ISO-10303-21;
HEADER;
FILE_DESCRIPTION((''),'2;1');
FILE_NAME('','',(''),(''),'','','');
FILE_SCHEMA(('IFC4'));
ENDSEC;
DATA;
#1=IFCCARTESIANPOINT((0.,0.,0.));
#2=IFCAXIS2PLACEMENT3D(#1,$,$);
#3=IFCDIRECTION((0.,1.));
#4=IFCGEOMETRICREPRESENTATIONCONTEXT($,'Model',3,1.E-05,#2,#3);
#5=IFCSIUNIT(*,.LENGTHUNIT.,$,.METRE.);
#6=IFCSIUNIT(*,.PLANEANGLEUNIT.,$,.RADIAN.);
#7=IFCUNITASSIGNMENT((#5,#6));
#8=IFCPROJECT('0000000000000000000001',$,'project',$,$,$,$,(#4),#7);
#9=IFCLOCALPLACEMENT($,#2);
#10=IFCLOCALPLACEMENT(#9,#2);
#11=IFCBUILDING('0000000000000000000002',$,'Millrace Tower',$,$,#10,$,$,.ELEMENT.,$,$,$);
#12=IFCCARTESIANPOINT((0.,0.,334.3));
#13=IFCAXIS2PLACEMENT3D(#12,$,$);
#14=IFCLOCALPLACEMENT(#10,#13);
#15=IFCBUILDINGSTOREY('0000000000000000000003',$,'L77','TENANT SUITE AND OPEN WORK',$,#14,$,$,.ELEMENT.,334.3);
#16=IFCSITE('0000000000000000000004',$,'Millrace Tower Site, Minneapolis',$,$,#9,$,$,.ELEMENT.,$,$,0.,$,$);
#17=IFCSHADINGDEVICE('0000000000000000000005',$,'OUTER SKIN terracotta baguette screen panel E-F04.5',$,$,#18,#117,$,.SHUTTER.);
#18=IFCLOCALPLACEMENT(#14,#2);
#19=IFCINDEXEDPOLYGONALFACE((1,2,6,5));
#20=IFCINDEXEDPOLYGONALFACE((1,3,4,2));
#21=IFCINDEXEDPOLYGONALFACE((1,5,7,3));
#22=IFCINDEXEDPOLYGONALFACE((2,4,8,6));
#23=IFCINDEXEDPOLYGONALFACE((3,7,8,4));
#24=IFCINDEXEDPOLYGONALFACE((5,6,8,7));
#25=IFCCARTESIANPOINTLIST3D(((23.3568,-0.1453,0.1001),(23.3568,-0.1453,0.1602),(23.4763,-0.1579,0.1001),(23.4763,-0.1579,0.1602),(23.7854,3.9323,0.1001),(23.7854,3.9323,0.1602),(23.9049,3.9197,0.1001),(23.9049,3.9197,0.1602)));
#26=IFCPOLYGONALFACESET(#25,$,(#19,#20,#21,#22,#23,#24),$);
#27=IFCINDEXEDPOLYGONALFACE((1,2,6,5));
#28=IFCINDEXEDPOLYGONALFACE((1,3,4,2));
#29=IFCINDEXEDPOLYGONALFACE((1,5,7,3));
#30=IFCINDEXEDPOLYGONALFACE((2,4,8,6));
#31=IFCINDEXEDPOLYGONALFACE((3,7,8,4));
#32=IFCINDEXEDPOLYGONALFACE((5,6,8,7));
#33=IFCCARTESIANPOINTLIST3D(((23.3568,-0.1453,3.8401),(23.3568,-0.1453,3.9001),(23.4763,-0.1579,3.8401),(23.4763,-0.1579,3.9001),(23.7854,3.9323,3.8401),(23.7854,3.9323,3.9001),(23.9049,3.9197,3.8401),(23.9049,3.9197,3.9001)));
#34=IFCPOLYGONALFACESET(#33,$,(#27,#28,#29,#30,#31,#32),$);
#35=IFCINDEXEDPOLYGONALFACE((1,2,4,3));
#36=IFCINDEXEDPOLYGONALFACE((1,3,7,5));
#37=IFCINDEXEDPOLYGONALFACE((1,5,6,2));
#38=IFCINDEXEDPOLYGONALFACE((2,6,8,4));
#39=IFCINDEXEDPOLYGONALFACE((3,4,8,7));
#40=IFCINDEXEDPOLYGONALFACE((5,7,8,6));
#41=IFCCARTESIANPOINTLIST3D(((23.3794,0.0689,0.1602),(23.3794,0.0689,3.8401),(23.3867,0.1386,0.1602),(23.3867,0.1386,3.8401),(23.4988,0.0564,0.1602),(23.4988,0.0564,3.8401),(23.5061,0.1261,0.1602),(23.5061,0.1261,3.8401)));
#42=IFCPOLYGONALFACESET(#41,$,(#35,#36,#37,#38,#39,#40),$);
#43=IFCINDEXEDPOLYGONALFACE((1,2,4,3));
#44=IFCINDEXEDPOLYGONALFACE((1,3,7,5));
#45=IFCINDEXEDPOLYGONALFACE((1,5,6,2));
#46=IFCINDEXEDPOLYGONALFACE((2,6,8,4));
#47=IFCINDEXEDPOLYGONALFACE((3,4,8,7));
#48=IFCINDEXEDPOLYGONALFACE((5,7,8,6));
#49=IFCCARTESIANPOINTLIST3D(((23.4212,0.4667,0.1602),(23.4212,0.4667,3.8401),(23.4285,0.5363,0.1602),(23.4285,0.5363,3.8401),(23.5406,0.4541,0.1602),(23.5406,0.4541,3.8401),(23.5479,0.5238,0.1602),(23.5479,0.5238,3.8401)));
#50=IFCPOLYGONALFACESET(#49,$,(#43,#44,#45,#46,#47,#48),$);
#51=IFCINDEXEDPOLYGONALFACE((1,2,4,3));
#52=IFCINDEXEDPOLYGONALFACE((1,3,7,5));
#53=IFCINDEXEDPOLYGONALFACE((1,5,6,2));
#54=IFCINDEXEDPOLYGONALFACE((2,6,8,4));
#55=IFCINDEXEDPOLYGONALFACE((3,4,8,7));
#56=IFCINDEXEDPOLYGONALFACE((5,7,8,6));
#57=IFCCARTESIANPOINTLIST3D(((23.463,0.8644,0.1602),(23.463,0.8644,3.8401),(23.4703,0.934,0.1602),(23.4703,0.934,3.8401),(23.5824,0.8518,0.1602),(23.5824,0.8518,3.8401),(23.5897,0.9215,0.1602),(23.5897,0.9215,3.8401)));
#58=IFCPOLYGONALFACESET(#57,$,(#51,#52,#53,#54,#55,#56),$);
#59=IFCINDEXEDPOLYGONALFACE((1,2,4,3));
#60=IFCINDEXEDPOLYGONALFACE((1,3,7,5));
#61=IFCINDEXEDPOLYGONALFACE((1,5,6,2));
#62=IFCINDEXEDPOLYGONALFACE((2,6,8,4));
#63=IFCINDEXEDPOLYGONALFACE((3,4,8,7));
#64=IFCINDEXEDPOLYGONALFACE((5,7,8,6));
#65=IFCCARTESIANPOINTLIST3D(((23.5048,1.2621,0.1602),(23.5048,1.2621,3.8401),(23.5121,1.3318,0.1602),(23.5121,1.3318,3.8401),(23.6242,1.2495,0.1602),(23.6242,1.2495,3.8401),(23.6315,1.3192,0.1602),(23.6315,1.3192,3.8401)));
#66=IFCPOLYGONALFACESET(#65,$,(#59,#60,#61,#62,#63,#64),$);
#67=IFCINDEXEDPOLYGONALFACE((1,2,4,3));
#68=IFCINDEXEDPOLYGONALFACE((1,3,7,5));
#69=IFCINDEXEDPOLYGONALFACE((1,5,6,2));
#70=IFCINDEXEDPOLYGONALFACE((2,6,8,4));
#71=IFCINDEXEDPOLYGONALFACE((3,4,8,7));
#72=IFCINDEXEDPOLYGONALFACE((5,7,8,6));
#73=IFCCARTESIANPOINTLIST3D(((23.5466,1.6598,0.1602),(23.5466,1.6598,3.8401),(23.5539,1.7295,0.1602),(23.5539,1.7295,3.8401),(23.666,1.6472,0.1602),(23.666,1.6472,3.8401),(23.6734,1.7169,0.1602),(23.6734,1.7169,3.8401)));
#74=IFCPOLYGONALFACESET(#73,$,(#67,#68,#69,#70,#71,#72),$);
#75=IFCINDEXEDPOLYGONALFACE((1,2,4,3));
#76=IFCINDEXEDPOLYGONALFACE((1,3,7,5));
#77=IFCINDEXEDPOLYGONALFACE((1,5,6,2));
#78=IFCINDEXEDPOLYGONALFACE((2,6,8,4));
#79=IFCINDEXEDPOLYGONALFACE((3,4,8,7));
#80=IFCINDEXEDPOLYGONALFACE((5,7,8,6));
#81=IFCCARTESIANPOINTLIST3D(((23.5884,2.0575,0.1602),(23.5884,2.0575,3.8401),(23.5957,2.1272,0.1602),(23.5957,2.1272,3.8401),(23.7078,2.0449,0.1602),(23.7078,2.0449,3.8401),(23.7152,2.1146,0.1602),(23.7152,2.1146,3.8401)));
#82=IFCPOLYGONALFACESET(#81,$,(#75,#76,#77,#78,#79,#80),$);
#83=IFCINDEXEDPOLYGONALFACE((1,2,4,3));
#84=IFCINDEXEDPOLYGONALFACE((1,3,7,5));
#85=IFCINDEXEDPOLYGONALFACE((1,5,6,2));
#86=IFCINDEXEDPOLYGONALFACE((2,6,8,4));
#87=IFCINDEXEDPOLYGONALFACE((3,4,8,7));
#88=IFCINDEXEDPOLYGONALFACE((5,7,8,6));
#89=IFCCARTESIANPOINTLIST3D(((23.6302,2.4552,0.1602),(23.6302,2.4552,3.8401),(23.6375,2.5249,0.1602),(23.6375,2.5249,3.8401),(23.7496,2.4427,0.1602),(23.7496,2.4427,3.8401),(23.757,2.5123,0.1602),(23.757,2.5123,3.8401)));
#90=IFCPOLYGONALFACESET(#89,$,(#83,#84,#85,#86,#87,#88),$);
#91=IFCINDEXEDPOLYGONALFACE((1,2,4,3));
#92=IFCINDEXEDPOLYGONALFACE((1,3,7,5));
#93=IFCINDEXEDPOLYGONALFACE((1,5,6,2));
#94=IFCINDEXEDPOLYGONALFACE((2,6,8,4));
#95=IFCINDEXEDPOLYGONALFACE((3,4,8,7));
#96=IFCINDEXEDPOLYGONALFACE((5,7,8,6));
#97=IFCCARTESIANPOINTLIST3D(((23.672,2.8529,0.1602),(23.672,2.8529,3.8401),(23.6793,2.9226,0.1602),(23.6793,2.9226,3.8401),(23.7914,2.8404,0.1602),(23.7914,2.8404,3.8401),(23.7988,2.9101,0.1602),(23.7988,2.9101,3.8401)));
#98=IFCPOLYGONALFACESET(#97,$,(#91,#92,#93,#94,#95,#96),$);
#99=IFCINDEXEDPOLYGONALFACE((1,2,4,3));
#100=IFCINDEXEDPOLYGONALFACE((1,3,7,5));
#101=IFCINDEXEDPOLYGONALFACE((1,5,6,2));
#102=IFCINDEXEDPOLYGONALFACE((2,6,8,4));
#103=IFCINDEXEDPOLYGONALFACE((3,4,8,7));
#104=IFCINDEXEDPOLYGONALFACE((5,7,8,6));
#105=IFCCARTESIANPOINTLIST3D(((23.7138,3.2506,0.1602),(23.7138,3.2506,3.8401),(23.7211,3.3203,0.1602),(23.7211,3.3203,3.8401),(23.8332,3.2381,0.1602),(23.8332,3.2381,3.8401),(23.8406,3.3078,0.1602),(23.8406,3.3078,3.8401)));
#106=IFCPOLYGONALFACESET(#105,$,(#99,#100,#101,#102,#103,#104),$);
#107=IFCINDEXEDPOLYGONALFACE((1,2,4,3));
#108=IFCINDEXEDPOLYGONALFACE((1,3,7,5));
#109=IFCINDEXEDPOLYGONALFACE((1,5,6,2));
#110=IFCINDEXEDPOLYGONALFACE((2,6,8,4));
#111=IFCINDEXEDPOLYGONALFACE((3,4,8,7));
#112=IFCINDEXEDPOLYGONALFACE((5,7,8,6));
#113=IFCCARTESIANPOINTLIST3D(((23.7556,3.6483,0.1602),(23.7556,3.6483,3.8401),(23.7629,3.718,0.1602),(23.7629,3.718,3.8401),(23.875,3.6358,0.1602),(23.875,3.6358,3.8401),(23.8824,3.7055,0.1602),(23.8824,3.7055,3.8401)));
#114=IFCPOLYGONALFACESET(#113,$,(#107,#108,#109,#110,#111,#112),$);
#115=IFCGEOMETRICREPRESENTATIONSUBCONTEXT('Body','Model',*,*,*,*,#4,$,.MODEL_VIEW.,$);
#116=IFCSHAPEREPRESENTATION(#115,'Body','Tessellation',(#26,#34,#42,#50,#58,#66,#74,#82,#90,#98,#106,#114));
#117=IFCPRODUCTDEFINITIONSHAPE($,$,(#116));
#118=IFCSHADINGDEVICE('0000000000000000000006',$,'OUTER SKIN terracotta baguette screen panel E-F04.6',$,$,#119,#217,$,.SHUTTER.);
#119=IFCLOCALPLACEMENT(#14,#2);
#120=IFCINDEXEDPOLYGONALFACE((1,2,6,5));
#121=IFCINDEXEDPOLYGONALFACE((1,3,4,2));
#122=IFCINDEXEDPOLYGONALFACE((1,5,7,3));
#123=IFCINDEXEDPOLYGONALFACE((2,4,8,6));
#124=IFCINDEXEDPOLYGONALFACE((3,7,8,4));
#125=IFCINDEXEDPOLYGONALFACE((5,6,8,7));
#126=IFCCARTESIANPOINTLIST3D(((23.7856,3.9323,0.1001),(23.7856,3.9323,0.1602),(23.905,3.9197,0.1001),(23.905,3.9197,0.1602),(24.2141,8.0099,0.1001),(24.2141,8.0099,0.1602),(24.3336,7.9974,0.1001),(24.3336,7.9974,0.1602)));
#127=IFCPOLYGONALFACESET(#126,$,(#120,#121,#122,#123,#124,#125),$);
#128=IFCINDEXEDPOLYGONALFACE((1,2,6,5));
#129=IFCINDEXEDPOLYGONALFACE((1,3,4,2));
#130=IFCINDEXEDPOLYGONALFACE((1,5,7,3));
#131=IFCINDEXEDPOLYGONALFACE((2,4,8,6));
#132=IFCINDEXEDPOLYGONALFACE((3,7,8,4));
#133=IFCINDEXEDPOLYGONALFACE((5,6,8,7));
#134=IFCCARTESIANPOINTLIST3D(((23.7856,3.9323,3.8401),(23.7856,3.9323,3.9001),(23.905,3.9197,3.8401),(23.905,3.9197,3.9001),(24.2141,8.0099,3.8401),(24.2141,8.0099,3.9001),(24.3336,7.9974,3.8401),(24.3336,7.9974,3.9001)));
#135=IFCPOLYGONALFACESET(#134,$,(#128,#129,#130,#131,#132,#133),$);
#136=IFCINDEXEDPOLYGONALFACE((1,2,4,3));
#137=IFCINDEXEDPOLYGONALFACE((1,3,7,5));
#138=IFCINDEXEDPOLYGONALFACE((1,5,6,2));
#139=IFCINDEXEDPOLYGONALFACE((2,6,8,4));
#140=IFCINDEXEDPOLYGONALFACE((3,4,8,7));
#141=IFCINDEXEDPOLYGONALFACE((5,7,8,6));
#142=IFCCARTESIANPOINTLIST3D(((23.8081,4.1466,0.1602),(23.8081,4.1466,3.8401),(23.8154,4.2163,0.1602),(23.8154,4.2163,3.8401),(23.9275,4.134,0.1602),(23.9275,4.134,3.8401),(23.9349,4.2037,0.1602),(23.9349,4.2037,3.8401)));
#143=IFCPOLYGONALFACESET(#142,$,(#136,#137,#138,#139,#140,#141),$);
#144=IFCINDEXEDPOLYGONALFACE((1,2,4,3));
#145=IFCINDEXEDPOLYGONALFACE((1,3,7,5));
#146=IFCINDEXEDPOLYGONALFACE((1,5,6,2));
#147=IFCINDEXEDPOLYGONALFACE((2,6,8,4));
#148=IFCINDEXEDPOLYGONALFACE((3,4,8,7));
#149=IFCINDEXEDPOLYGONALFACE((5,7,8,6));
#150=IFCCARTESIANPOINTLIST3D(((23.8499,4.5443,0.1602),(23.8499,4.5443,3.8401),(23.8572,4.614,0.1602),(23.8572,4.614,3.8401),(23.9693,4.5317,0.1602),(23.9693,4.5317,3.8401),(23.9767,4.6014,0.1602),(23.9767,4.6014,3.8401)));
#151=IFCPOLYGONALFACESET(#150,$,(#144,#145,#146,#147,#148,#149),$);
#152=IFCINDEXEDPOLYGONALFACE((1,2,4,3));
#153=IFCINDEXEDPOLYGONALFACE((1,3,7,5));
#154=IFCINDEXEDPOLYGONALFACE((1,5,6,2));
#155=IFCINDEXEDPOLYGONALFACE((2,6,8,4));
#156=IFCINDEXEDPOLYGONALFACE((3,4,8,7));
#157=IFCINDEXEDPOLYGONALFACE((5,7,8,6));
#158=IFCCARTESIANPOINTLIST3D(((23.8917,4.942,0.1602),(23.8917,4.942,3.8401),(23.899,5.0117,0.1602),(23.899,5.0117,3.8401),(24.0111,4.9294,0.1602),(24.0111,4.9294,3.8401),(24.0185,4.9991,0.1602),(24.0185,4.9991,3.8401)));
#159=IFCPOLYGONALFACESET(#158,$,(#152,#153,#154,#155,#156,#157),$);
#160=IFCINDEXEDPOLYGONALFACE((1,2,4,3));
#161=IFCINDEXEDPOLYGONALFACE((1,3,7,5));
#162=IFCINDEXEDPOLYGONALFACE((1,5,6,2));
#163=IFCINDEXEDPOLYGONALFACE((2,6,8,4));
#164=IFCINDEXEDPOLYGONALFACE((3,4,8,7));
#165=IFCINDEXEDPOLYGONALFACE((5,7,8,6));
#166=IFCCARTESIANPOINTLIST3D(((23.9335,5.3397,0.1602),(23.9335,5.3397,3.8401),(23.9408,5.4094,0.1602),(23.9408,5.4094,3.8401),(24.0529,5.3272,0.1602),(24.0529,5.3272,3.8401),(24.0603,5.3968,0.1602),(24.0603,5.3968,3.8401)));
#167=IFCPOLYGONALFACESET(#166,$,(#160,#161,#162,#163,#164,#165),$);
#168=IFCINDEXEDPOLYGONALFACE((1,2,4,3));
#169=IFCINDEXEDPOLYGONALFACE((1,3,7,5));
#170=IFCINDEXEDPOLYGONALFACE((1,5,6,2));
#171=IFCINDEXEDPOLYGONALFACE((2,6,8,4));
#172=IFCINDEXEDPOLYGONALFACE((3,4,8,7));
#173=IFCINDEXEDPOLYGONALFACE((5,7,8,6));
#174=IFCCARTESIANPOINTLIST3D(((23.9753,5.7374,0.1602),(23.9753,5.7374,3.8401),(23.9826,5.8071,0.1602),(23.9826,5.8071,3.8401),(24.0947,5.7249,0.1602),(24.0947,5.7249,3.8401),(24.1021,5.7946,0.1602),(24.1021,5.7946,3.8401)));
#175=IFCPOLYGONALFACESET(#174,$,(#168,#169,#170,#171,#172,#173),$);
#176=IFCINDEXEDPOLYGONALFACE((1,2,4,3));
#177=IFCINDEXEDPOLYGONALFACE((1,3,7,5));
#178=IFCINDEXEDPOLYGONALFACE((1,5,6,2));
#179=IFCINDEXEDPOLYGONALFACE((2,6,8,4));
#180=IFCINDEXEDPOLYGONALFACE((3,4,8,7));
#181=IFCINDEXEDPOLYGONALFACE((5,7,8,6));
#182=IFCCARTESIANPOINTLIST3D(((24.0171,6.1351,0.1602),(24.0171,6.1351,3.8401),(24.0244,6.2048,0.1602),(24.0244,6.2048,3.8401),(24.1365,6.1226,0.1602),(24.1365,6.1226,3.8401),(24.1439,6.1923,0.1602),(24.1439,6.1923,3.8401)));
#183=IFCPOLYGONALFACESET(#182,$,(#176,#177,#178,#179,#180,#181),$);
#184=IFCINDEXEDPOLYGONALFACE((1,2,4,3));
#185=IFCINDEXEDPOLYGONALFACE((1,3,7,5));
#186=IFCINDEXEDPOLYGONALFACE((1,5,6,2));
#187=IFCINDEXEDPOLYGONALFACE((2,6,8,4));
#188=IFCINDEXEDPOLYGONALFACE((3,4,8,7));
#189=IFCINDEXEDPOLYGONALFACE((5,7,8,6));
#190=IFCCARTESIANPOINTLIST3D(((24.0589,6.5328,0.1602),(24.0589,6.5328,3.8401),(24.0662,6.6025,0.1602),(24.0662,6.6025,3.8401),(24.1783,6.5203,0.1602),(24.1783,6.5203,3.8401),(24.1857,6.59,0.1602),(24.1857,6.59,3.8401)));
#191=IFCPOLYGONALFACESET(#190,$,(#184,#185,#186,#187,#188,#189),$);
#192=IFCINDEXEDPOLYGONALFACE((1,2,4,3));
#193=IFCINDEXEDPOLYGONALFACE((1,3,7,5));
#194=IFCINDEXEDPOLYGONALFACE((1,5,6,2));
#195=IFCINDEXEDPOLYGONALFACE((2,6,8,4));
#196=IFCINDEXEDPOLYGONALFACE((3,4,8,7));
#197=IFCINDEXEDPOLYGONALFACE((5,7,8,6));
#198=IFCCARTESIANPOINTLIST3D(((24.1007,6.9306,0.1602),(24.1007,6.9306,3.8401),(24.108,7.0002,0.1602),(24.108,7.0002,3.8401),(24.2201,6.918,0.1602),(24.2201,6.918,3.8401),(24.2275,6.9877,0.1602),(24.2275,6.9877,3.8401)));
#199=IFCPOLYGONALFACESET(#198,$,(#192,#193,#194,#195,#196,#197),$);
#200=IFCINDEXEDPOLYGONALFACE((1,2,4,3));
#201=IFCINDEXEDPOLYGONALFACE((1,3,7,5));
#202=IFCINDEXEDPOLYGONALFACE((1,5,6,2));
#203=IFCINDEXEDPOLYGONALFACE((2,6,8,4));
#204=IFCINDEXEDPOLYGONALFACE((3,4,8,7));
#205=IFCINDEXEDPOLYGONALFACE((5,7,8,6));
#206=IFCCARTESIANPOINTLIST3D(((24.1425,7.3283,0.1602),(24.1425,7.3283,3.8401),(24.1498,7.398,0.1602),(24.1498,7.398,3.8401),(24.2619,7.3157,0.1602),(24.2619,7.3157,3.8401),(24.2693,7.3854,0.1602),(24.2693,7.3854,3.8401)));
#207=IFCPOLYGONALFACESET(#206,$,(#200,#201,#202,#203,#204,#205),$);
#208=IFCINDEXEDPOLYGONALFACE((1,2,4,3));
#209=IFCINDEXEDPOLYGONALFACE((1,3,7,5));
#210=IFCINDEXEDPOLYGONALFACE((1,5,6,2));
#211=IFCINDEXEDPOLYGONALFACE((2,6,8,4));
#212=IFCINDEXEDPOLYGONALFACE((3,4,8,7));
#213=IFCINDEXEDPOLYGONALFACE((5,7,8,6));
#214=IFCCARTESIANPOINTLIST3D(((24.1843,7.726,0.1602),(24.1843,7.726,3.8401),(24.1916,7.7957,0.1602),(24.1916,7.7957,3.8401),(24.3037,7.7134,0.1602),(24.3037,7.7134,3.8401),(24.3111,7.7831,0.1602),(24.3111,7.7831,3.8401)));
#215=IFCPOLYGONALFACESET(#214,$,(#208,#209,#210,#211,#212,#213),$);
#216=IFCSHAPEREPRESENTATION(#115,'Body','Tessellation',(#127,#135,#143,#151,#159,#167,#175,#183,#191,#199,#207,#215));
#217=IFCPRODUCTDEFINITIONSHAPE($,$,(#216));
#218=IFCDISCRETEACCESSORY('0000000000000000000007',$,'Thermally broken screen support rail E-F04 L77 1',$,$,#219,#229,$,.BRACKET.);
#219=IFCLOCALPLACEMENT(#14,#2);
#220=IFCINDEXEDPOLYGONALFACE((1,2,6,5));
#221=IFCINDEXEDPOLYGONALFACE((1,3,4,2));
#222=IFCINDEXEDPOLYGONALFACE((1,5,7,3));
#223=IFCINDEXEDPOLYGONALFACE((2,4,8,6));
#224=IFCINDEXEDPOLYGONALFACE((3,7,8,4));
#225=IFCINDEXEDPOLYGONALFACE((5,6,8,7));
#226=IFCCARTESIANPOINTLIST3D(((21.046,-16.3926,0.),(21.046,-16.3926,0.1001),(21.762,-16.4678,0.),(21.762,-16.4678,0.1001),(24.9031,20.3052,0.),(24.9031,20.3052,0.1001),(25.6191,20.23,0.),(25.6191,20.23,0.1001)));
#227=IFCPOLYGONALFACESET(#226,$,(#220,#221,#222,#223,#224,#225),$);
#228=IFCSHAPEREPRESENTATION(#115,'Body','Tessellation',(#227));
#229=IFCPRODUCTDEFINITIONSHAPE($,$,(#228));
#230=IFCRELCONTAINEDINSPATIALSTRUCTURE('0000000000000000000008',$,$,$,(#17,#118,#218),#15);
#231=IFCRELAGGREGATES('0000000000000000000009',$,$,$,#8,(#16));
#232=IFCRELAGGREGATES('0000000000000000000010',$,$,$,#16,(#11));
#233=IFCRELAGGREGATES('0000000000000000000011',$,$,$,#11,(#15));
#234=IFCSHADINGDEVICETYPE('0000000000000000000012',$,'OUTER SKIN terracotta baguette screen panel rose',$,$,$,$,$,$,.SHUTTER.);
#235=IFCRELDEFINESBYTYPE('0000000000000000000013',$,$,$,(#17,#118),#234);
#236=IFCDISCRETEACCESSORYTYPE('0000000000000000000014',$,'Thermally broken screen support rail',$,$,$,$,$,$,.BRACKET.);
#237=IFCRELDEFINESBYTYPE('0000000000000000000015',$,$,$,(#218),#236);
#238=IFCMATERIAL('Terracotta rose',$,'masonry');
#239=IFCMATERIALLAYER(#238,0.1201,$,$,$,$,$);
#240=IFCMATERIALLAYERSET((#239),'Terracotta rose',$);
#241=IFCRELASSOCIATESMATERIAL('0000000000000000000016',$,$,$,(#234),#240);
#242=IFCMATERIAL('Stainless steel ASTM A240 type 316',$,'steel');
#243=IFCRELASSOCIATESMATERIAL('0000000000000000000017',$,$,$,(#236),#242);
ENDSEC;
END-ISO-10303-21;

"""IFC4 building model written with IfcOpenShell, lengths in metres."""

from ifc_helpers import new_model, entity, si_unit, direction, frame, frame_2d, origin, origin_2d, place, context, subcontext, project, spatial, rectangle, extrude, source, transform, mapped, material, layer, layer_set, type_object, element, save


model = new_model("IFC4")

# Units and contexts
model_context = context("Model", 3, precision=1e-05, world=origin(), true_north=direction((0.0, 1.0)))
body_context = subcontext(model_context, "Body", "Model", "MODEL_VIEW")
ifc_project = project(units=[si_unit("LENGTHUNIT", "METRE"), si_unit("PLANEANGLEUNIT", "RADIAN")], contexts=[model_context])

# Site, building, storey
site_placement = place(None, origin())
site = spatial("IfcSite", under=ifc_project, at=site_placement, Name="Millrace Tower Site, Minneapolis", CompositionType="ELEMENT", RefElevation=0.0)
building_placement = place(site_placement, origin())
building = spatial("IfcBuilding", under=site, at=building_placement, Name="Millrace Tower", CompositionType="ELEMENT")
storey_placement = place(building_placement, frame((0.0, 0.0, 334.3)))
storey = spatial("IfcBuildingStorey", under=building, at=storey_placement, Name="L77", Description="TENANT SUITE AND OPEN WORK", CompositionType="ELEMENT", Elevation=334.3)

# Shading devices
ifc_material_1 = material(Name="Terracotta rose", Category="masonry")
ifc_layer_1 = layer(ifc_material_1, 0.1201)
ifc_layer_set_1 = layer_set([ifc_layer_1], Name="Terracotta rose")
shading_device_type = type_object("IfcShadingDeviceType", Name="OUTER SKIN terracotta baguette screen panel rose", PredefinedType="SHUTTER", material=ifc_layer_set_1)
cartesian_point = entity("IfcCartesianPoint", [-2.05, 0.0601])
shared_polyline = entity("IfcPolyline", [cartesian_point, entity("IfcCartesianPoint", [2.05, 0.0601]), entity("IfcCartesianPoint", [2.05, -0.0601]), entity("IfcCartesianPoint", [-2.05, -0.0601]), cartesian_point])
shared_shape = source(origin(), body_context, "Body", "SweptSolid", [
    entity("IfcExtrudedAreaSolid", entity("IfcArbitraryClosedProfileDef", "AREA", None, shared_polyline), entity("IfcAxis2Placement3D", entity("IfcCartesianPoint", [0.0, 0.0, 0.0])), entity("IfcDirection", [0.0, 0.0, 1.0]), 0.0601),
    entity("IfcExtrudedAreaSolid", entity("IfcArbitraryClosedProfileDef", "AREA", None, shared_polyline), entity("IfcAxis2Placement3D", entity("IfcCartesianPoint", [0.0, 0.0, 3.74])), entity("IfcDirection", [0.0, 0.0, 1.0]), 0.0601),
    extrude(rectangle(XDim=0.0701, YDim=0.1201, at=frame_2d((-1.7996, 0.0))), frame((0.0, 0.0, 0.0601)), (0.0, 0.0, 1.0), 3.6799),
    extrude(rectangle(XDim=0.0701, YDim=0.1201, at=frame_2d((-1.3997, 0.0))), frame((0.0, 0.0, 0.0601)), (0.0, 0.0, 1.0), 3.6799),
    extrude(rectangle(XDim=0.0701, YDim=0.1201, at=frame_2d((-0.9998, 0.0))), frame((0.0, 0.0, 0.0601)), (0.0, 0.0, 1.0), 3.6799),
    extrude(rectangle(XDim=0.0701, YDim=0.1201, at=frame_2d((-0.5999, 0.0))), frame((0.0, 0.0, 0.0601)), (0.0, 0.0, 1.0), 3.6799),
    extrude(rectangle(XDim=0.0701, YDim=0.1201, at=frame_2d((-0.2, 0.0))), frame((0.0, 0.0, 0.0601)), (0.0, 0.0, 1.0), 3.6799),
    extrude(rectangle(XDim=0.0701, YDim=0.1201, at=frame_2d((0.2, 0.0))), frame((0.0, 0.0, 0.0601)), (0.0, 0.0, 1.0), 3.6799),
    extrude(rectangle(XDim=0.0701, YDim=0.1201, at=frame_2d((0.5999, 0.0))), frame((0.0, 0.0, 0.0601)), (0.0, 0.0, 1.0), 3.6799),
    extrude(rectangle(XDim=0.0701, YDim=0.1201, at=frame_2d((0.9998, 0.0))), frame((0.0, 0.0, 0.0601)), (0.0, 0.0, 1.0), 3.6799),
    extrude(rectangle(XDim=0.0701, YDim=0.1201, at=frame_2d((1.3997, 0.0))), frame((0.0, 0.0, 0.0601)), (0.0, 0.0, 1.0), 3.6799),
    extrude(rectangle(XDim=0.0701, YDim=0.1201, at=frame_2d((1.7996, 0.0))), frame((0.0, 0.0, 0.0601)), (0.0, 0.0, 1.0), 3.6799),
])
for number, where, z_axis, x_axis, name in (
    (1, (23.6309, 1.8872, 0.1001), (0.0, 0.0, 1.0), (0.104528, 0.994522, 0.0), "OUTER SKIN terracotta baguette screen panel E-F04.5"),
    (2, (24.0596, 5.9648, 0.1001), (0.0, 0.0, 1.0), (0.104528, 0.994522, 0.0), "OUTER SKIN terracotta baguette screen panel E-F04.6"),
):
    element("IfcShadingDevice", number, at=place(storey_placement, frame(where, z_axis=z_axis, x_axis=x_axis)), inside=storey, type_object=shading_device_type, Name=name, PredefinedType="SHUTTER", context=body_context, shape_type="MappedRepresentation", body=[
        mapped(shared_shape, transform((0.0, 0.0, 0.0), scale=1.0)),
    ])

# Discrete accessory
ifc_material_2 = material(Name="Stainless steel ASTM A240 type 316", Category="steel")
discrete_accessory_type = type_object("IfcDiscreteAccessoryType", Name="Thermally broken screen support rail", PredefinedType="BRACKET", material=ifc_material_2)
discrete_accessory_placement = place(storey_placement, frame((23.3325, 1.9187, 0.0), z_axis=(0.0, 0.0, 1.0), x_axis=(0.104528, 0.994522, 0.0)))
element("IfcDiscreteAccessory", 3, at=discrete_accessory_placement, inside=storey, type_object=discrete_accessory_type, Name="Thermally broken screen support rail E-F04 L77 1", PredefinedType="BRACKET", context=body_context, shape_type="SweptSolid", body=[
    extrude(rectangle(XDim=36.8999, YDim=0.72, at=origin_2d()), origin(), (0.0, 0.0, 1.0), 0.1001),
])

save(model, "model.ifc")
